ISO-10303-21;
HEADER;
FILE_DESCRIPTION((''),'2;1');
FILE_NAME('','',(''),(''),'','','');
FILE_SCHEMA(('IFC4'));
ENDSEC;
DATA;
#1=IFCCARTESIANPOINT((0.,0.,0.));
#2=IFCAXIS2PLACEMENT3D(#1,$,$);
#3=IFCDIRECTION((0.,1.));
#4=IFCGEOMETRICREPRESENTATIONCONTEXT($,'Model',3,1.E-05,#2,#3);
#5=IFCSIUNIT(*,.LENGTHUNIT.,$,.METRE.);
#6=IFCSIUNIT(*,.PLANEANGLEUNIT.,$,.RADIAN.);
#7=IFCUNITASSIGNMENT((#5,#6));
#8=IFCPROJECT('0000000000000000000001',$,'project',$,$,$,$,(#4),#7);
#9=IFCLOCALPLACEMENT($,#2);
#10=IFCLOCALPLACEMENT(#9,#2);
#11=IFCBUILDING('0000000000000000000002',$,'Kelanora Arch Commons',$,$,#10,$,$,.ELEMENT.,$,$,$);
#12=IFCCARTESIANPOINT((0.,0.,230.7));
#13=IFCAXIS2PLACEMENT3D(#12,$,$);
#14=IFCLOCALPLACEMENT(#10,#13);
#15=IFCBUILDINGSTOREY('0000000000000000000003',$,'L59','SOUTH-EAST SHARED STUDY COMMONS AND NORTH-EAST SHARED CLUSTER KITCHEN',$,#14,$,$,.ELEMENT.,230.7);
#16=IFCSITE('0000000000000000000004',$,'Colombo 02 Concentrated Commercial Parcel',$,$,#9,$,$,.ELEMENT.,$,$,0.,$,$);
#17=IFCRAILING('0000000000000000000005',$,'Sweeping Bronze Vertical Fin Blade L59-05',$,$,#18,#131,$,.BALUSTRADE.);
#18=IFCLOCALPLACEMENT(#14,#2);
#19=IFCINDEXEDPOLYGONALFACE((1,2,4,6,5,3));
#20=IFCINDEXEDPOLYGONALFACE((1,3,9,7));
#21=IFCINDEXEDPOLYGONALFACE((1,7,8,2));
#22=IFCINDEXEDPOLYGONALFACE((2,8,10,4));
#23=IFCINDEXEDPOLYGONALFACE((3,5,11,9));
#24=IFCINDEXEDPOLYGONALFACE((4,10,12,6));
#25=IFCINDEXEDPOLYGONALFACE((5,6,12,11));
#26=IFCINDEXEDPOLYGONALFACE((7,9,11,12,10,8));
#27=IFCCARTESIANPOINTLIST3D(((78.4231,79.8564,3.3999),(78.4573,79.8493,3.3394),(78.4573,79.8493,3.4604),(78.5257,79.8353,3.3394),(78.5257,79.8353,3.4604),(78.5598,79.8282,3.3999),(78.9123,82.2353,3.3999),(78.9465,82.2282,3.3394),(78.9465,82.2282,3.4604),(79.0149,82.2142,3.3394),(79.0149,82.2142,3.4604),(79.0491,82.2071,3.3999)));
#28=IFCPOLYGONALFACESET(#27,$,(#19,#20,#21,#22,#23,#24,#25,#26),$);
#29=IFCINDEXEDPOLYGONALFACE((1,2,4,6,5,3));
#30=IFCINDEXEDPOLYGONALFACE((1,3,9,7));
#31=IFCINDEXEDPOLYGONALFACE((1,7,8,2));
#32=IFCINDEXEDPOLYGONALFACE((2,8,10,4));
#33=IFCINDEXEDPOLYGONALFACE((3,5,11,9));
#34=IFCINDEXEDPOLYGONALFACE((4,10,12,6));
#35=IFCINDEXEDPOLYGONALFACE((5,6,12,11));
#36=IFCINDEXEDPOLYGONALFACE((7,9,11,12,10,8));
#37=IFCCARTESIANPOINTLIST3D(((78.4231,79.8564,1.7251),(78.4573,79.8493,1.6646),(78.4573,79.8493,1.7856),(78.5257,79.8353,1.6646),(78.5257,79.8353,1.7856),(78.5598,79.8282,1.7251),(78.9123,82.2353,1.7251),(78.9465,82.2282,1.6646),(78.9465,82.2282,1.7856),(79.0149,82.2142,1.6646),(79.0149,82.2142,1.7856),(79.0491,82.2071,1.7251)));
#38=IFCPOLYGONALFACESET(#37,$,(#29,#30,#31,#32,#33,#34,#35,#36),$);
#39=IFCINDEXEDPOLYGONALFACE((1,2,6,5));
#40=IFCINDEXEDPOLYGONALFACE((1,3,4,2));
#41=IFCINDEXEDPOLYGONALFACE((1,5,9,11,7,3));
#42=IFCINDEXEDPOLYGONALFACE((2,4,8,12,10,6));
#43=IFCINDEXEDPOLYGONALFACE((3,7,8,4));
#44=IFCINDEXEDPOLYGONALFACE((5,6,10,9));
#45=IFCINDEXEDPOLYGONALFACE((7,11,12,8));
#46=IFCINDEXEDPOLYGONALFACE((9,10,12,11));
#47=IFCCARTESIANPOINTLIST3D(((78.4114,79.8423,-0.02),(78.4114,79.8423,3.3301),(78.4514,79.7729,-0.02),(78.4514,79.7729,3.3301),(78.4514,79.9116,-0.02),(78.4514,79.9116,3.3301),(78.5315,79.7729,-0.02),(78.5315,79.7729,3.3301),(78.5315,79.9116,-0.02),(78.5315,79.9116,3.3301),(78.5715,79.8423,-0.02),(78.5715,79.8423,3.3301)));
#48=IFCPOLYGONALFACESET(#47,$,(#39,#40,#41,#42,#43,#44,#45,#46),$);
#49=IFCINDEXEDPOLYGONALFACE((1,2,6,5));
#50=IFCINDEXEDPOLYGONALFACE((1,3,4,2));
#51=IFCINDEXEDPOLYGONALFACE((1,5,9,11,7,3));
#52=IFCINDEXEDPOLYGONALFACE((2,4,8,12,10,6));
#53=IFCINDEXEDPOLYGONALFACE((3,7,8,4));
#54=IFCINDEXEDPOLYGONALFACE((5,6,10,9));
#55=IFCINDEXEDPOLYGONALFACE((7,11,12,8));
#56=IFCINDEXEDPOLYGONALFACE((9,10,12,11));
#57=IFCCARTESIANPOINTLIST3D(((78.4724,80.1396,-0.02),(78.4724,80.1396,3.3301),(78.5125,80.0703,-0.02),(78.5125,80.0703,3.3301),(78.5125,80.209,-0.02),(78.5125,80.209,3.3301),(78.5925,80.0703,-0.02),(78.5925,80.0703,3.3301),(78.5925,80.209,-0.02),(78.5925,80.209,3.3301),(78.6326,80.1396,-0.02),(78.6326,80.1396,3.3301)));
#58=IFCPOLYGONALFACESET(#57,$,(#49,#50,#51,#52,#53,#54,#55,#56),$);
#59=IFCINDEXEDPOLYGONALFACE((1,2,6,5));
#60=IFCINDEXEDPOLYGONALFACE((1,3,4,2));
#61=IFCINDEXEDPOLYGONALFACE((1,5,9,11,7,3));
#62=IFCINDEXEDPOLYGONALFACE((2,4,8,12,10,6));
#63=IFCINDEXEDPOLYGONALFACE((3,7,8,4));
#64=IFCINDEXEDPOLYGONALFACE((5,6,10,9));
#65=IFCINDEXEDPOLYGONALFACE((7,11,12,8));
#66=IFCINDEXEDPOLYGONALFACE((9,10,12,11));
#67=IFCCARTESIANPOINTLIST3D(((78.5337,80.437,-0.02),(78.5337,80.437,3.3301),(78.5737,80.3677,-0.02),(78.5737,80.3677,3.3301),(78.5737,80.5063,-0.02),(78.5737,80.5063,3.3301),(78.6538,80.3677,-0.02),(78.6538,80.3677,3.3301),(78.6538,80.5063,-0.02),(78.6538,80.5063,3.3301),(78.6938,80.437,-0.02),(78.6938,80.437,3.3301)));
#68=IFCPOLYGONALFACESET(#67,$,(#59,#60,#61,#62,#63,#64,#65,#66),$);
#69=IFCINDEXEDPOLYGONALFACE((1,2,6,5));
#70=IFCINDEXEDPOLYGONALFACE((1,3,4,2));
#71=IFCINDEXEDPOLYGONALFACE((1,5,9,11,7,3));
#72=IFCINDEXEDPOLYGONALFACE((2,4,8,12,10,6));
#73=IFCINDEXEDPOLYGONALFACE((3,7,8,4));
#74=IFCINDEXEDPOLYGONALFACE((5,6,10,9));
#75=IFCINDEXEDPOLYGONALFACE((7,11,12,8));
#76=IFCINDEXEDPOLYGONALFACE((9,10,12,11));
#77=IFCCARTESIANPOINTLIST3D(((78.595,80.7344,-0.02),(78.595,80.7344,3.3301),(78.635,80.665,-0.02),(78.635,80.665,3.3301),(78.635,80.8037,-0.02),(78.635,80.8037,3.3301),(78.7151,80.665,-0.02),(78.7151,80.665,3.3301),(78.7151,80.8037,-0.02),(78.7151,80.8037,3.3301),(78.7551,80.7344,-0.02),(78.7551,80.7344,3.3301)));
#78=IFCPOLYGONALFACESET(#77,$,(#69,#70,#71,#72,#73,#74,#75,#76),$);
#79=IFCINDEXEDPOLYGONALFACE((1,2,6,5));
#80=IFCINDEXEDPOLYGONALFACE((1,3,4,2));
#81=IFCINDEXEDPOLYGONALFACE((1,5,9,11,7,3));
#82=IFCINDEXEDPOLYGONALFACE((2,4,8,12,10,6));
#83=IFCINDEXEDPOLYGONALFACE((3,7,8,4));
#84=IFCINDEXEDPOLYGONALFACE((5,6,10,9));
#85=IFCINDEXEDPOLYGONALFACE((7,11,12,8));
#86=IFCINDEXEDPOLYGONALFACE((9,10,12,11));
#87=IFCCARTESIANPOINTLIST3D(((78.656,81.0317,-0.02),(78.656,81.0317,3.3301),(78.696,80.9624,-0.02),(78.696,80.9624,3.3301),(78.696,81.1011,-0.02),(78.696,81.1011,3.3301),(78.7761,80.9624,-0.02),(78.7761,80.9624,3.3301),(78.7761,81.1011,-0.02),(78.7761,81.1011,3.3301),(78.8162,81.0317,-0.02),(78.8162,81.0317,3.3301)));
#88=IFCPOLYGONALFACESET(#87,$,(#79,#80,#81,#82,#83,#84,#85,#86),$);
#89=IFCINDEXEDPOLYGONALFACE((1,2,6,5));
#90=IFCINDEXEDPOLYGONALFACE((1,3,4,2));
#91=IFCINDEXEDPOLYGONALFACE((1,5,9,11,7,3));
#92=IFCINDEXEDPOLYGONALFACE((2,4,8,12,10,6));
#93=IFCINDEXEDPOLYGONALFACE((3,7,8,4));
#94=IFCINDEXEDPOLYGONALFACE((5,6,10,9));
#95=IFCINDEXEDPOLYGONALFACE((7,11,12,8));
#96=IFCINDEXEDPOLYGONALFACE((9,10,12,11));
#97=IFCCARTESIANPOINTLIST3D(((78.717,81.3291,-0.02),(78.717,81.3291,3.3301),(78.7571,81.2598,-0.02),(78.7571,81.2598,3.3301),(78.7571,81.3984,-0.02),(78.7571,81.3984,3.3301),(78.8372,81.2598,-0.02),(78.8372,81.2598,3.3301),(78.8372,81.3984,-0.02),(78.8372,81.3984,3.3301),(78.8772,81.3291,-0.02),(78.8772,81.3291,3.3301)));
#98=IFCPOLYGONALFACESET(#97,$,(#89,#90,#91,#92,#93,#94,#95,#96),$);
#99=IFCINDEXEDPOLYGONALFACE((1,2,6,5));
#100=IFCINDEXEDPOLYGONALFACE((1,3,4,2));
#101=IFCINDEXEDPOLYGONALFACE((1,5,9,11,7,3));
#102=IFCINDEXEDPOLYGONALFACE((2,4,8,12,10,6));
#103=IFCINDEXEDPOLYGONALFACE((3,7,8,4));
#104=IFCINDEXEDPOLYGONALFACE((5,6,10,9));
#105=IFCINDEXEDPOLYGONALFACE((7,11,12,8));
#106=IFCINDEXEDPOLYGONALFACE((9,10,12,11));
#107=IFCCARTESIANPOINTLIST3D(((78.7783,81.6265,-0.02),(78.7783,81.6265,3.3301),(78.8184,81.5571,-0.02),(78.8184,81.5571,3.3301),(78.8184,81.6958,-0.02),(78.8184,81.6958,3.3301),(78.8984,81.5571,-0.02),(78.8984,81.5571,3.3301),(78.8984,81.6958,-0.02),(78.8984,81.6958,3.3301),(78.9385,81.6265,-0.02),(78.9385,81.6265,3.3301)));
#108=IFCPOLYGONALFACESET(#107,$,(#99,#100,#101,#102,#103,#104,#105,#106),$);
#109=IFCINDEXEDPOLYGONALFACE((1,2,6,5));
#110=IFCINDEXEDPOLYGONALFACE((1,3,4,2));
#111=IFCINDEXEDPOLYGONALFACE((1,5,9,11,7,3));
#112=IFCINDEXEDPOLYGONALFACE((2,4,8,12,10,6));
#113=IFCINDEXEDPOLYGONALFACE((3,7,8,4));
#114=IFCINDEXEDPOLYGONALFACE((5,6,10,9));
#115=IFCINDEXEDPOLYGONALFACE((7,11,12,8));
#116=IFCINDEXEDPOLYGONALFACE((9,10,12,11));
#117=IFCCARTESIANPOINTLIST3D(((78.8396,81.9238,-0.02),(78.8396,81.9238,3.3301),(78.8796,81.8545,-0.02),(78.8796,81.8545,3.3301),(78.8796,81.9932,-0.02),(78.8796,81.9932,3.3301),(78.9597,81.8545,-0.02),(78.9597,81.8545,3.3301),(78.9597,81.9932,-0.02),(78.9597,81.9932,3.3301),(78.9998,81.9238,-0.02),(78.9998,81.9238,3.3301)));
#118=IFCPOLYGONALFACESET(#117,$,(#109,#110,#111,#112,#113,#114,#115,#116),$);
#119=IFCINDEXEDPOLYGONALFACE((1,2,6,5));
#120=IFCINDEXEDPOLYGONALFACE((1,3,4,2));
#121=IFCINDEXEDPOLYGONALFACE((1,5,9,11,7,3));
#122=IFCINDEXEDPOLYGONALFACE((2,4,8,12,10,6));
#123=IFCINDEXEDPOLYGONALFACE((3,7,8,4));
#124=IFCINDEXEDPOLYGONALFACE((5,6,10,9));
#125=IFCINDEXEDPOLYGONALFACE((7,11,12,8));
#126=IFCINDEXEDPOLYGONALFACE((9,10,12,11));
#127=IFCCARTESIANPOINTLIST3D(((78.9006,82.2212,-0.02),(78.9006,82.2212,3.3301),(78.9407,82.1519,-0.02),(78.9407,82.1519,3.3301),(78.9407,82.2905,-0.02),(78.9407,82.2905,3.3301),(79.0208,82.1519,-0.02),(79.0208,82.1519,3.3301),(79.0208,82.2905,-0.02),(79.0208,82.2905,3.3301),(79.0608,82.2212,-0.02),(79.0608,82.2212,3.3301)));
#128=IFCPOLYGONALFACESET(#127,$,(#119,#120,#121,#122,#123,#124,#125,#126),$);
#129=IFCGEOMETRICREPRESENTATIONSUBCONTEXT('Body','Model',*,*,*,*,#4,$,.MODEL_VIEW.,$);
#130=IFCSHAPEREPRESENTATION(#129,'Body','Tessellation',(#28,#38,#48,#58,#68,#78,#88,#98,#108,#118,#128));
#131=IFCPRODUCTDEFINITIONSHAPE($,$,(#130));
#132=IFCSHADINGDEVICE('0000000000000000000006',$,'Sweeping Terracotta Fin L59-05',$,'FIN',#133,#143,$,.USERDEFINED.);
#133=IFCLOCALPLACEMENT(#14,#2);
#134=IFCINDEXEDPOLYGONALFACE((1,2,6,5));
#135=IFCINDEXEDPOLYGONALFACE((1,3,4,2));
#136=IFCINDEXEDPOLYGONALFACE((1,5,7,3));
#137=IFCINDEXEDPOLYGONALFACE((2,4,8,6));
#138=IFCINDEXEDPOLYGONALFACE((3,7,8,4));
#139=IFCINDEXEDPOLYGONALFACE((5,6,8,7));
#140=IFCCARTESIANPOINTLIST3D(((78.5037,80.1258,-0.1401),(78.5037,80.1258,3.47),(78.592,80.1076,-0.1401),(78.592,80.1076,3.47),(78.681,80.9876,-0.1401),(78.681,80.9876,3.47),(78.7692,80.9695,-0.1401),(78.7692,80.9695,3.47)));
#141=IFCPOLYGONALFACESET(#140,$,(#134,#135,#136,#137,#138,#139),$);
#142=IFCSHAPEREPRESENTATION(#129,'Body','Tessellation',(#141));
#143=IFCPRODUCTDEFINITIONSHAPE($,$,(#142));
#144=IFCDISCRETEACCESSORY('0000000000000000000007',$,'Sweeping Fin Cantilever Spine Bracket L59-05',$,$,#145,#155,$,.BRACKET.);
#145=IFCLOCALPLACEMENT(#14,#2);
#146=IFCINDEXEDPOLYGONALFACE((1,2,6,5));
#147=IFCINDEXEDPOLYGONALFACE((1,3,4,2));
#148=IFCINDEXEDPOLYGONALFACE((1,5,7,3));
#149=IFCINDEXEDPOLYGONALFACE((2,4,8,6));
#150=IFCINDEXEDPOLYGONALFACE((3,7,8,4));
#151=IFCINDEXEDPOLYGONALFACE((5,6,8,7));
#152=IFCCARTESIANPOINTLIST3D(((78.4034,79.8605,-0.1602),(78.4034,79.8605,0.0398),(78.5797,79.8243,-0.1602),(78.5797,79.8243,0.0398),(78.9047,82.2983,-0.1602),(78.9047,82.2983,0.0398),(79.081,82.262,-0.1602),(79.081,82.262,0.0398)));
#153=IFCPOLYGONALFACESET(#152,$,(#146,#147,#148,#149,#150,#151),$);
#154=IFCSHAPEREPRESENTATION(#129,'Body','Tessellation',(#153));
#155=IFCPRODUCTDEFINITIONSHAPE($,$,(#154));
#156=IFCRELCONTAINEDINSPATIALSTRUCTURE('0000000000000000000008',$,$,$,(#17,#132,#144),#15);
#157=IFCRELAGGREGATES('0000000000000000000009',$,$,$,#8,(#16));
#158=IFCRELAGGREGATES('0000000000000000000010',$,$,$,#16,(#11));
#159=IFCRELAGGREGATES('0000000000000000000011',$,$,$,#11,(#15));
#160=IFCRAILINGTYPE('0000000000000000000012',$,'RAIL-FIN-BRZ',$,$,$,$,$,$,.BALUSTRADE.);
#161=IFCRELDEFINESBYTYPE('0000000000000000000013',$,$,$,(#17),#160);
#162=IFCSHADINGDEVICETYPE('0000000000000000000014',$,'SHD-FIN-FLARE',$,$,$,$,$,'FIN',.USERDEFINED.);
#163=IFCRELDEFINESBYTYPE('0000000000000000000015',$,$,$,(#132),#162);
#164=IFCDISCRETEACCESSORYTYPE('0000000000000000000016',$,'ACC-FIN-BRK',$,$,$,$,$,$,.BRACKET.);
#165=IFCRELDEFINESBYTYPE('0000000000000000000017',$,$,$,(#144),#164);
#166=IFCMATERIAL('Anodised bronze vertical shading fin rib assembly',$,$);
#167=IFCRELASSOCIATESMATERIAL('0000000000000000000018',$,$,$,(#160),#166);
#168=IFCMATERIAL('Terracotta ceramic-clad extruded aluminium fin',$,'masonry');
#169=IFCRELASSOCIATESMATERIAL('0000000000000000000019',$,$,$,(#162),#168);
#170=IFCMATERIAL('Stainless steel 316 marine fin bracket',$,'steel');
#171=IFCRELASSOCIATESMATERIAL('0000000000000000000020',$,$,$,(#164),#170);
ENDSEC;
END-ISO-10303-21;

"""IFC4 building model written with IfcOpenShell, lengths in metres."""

from ifc_helpers import new_model, si_unit, direction, frame, origin, origin_2d, place, context, subcontext, project, spatial, polyline, rectangle, outline, extrude, source, transform, mapped, material, type_object, element, save


model = new_model("IFC4")

# Units and contexts
model_context = context("Model", 3, precision=1e-05, world=origin(), true_north=direction((0.0, 1.0)))
body_context = subcontext(model_context, "Body", "Model", "MODEL_VIEW")
ifc_project = project(units=[si_unit("LENGTHUNIT", "METRE"), si_unit("PLANEANGLEUNIT", "RADIAN")], contexts=[model_context])

# Site, building, storey
site_placement = place(None, origin())
site = spatial("IfcSite", under=ifc_project, at=site_placement, Name="Colombo 02 Concentrated Commercial Parcel", CompositionType="ELEMENT", RefElevation=0.0)
building_placement = place(site_placement, origin())
building = spatial("IfcBuilding", under=site, at=building_placement, Name="Kelanora Arch Commons", CompositionType="ELEMENT")
storey_placement = place(building_placement, frame((0.0, 0.0, 230.7)))
storey = spatial("IfcBuildingStorey", under=building, at=storey_placement, Name="L59", Description="SOUTH-EAST SHARED STUDY COMMONS AND NORTH-EAST SHARED CLUSTER KITCHEN", CompositionType="ELEMENT", Elevation=230.7)

# Railing
ifc_material_1 = material(Name="Anodised bronze vertical shading fin rib assembly")
railing_type = type_object("IfcRailingType", Name="RAIL-FIN-BRZ", PredefinedType="BALUSTRADE", material=ifc_material_1)
railing_placement = place(storey_placement, frame((78.4915, 79.8423, -0.02)))
element("IfcRailing", 1, at=railing_placement, inside=storey, type_object=railing_type, Name="Sweeping Bronze Vertical Fin Blade L59-05", PredefinedType="BALUSTRADE", context=body_context, shape_type="SweptSolid", body=[
    extrude(outline(polyline([(0.0698, 0.0), (0.0349, 0.0605), (-0.0349, 0.0605), (-0.0698, 0.0), (-0.0349, -0.0605), (0.0349, -0.0605), (0.0698, 0.0)])), frame((0.0, 0.0, 3.4199), z_axis=(0.201449, 0.979499, 0.0), x_axis=(-0.979499, 0.201449, 0.0)), (0.0, 0.0, 1.0), 2.4287),
    extrude(outline(polyline([(0.0698, 0.0), (0.0349, 0.0605), (-0.0349, 0.0605), (-0.0698, 0.0), (-0.0349, -0.0605), (0.0349, -0.0605), (0.0698, 0.0)])), frame((0.0, 0.0, 1.7451), z_axis=(0.201449, 0.979499, 0.0), x_axis=(-0.979499, 0.201449, 0.0)), (0.0, 0.0, 1.0), 2.4287),
    extrude(outline(polyline([(0.0801, 0.0), (0.04, 0.0693), (-0.04, 0.0693), (-0.0801, 0.0), (-0.04, -0.0693), (0.04, -0.0693), (0.0801, 0.0)])), origin(), (0.0, 0.0, 1.0), 3.3501),
    extrude(outline(polyline([(0.0801, 0.0), (0.04, 0.0693), (-0.04, 0.0693), (-0.0801, 0.0), (-0.04, -0.0693), (0.04, -0.0693), (0.0801, 0.0)])), frame((0.061, 0.2974, 0.0)), (0.0, 0.0, 1.0), 3.3501),
    extrude(outline(polyline([(0.0801, 0.0), (0.04, 0.0693), (-0.04, 0.0693), (-0.0801, 0.0), (-0.04, -0.0693), (0.04, -0.0693), (0.0801, 0.0)])), frame((0.1223, 0.5947, 0.0)), (0.0, 0.0, 1.0), 3.3501),
    extrude(outline(polyline([(0.0801, 0.0), (0.04, 0.0693), (-0.04, 0.0693), (-0.0801, 0.0), (-0.04, -0.0693), (0.04, -0.0693), (0.0801, 0.0)])), frame((0.1836, 0.8921, 0.0)), (0.0, 0.0, 1.0), 3.3501),
    extrude(outline(polyline([(0.0801, 0.0), (0.04, 0.0693), (-0.04, 0.0693), (-0.0801, 0.0), (-0.04, -0.0693), (0.04, -0.0693), (0.0801, 0.0)])), frame((0.2446, 1.1895, 0.0)), (0.0, 0.0, 1.0), 3.3501),
    extrude(outline(polyline([(0.0801, 0.0), (0.04, 0.0693), (-0.04, 0.0693), (-0.0801, 0.0), (-0.04, -0.0693), (0.04, -0.0693), (0.0801, 0.0)])), frame((0.3057, 1.4868, 0.0)), (0.0, 0.0, 1.0), 3.3501),
    extrude(outline(polyline([(0.0801, 0.0), (0.04, 0.0693), (-0.04, 0.0693), (-0.0801, 0.0), (-0.04, -0.0693), (0.04, -0.0693), (0.0801, 0.0)])), frame((0.3669, 1.7842, 0.0)), (0.0, 0.0, 1.0), 3.3501),
    extrude(outline(polyline([(0.0801, 0.0), (0.04, 0.0693), (-0.04, 0.0693), (-0.0801, 0.0), (-0.04, -0.0693), (0.04, -0.0693), (0.0801, 0.0)])), frame((0.4282, 2.0815, 0.0)), (0.0, 0.0, 1.0), 3.3501),
    extrude(outline(polyline([(0.0801, 0.0), (0.04, 0.0693), (-0.04, 0.0693), (-0.0801, 0.0), (-0.04, -0.0693), (0.04, -0.0693), (0.0801, 0.0)])), frame((0.4893, 2.3789, 0.0)), (0.0, 0.0, 1.0), 3.3501),
])

# Shading device
ifc_material_2 = material(Name="Terracotta ceramic-clad extruded aluminium fin", Category="masonry")
shading_device_type = type_object("IfcShadingDeviceType", Name="SHD-FIN-FLARE", ElementType="FIN", PredefinedType="USERDEFINED", material=ifc_material_2)
shared_shape_1 = source(origin(), body_context, "Body", "SweptSolid", [
    extrude(rectangle(XDim=0.8799, YDim=0.0901, at=origin_2d()), origin(), (0.0, 0.0, 1.0), 3.6101),
])
shading_device_placement = place(storey_placement, frame((78.6365, 80.5476, -0.1401), z_axis=(0.0, 0.0, 1.0), x_axis=(0.20142, 0.979505, 0.0)))
element("IfcShadingDevice", 2, at=shading_device_placement, inside=storey, type_object=shading_device_type, Name="Sweeping Terracotta Fin L59-05", ObjectType="FIN", PredefinedType="USERDEFINED", context=body_context, shape_type="MappedRepresentation", body=[
    mapped(shared_shape_1, transform((0.0, 0.0, 0.0), scale=1.0)),
])

# Discrete accessory
ifc_material_3 = material(Name="Stainless steel 316 marine fin bracket", Category="steel")
discrete_accessory_type = type_object("IfcDiscreteAccessoryType", Name="ACC-FIN-BRK", PredefinedType="BRACKET", material=ifc_material_3)
shared_shape_2 = source(origin(), body_context, "Body", "SweptSolid", [
    extrude(rectangle(XDim=2.4888, YDim=0.1799, at=origin_2d()), origin(), (0.0, 0.0, 1.0), 0.2),
])
discrete_accessory_placement = place(storey_placement, frame((78.7422, 81.0613, -0.1602), z_axis=(0.0, 0.0, 1.0), x_axis=(0.20142, 0.979505, 0.0)))
element("IfcDiscreteAccessory", 3, at=discrete_accessory_placement, inside=storey, type_object=discrete_accessory_type, Name="Sweeping Fin Cantilever Spine Bracket L59-05", PredefinedType="BRACKET", context=body_context, shape_type="MappedRepresentation", body=[
    mapped(shared_shape_2, transform((0.0, 0.0, 0.0), scale=1.0)),
])

save(model, "model.ifc")
